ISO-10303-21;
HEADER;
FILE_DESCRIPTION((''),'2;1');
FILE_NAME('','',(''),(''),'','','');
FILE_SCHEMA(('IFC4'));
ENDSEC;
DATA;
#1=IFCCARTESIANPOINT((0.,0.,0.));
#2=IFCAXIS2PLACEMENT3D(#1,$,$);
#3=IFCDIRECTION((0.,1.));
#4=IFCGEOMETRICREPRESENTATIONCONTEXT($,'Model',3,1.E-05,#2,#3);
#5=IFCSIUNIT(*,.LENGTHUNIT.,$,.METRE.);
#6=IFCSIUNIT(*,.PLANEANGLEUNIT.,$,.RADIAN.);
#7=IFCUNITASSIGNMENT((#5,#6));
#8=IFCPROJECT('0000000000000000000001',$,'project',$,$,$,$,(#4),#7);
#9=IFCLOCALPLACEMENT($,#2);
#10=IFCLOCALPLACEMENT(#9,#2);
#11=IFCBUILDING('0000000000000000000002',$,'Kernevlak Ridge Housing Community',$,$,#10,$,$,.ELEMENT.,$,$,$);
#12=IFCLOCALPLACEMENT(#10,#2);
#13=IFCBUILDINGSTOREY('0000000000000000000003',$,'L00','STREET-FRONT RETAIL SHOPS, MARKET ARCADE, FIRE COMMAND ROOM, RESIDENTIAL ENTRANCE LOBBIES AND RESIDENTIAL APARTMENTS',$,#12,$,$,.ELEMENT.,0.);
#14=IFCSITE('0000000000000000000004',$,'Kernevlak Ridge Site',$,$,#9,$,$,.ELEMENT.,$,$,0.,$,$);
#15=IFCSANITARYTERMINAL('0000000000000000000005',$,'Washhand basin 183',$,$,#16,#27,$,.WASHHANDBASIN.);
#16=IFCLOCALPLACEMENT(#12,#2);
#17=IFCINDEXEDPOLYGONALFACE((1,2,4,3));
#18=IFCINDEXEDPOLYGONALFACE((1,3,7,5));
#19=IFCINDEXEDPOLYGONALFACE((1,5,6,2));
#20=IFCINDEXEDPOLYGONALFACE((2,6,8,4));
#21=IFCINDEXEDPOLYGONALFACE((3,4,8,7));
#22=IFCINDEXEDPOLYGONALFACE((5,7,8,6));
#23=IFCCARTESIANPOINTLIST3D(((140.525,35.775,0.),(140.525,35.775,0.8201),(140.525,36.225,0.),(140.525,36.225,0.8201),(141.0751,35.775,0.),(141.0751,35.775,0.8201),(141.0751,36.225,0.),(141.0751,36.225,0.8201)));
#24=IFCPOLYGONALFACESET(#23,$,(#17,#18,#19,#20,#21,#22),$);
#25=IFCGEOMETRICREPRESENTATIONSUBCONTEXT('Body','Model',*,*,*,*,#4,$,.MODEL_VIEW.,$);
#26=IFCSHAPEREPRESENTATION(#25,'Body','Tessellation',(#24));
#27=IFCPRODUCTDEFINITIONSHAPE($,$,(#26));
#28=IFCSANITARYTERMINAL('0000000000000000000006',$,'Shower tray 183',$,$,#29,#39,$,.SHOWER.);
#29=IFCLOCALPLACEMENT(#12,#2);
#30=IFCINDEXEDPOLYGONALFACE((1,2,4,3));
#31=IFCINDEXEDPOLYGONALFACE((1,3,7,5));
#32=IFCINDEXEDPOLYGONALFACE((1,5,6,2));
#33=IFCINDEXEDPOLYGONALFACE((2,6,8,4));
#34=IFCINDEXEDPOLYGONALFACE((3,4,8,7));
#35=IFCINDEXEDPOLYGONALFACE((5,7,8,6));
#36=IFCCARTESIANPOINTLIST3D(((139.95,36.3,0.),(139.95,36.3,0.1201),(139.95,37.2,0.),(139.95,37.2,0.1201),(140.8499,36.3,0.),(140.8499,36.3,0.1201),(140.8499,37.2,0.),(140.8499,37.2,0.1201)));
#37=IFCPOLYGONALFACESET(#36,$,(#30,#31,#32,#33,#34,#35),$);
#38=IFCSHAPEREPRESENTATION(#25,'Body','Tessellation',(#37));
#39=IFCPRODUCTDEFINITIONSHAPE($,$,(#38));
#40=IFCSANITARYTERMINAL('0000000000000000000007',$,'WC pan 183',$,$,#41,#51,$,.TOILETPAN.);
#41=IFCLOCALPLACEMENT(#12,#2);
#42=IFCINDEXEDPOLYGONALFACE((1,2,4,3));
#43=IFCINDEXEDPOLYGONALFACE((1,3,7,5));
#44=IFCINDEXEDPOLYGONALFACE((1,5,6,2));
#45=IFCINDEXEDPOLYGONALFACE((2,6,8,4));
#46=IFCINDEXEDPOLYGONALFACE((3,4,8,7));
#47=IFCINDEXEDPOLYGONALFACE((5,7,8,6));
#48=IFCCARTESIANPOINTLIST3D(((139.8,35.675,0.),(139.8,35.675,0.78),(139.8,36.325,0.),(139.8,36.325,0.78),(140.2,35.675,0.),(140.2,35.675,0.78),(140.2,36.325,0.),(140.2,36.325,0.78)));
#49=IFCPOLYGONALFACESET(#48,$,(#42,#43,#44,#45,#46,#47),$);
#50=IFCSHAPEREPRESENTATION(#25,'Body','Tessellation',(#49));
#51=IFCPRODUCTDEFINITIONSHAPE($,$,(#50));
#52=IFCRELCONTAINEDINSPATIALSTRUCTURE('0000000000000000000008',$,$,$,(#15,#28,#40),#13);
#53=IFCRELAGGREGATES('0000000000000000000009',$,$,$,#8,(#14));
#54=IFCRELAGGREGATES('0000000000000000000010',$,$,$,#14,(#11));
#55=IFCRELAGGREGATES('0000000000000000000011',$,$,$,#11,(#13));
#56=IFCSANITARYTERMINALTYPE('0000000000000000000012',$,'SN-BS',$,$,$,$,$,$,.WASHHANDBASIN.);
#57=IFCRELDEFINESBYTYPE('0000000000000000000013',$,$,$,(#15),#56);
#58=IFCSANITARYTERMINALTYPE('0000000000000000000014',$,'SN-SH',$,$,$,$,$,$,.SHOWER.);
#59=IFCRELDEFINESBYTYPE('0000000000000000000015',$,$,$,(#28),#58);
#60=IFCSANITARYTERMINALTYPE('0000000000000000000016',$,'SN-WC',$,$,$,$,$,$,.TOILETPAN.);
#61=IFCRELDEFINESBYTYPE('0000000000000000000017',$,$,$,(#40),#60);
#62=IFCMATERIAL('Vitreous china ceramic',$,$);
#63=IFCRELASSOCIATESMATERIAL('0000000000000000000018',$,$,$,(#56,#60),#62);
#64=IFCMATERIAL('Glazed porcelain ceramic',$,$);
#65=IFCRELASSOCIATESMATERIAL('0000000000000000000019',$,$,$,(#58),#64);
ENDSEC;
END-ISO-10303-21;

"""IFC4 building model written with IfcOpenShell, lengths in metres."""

from ifc_helpers import new_model, si_unit, direction, frame, origin, origin_2d, place, context, subcontext, project, spatial, rectangle, extrude, material, type_object, element, save


model = new_model("IFC4")

# Units and contexts
model_context = context("Model", 3, precision=1e-05, world=origin(), true_north=direction((0.0, 1.0)))
body_context = subcontext(model_context, "Body", "Model", "MODEL_VIEW")
ifc_project = project(units=[si_unit("LENGTHUNIT", "METRE"), si_unit("PLANEANGLEUNIT", "RADIAN")], contexts=[model_context])

# Site, building, storey
site_placement = place(None, origin())
site = spatial("IfcSite", under=ifc_project, at=site_placement, Name="Kernevlak Ridge Site", CompositionType="ELEMENT", RefElevation=0.0)
building_placement = place(site_placement, origin())
building = spatial("IfcBuilding", under=site, at=building_placement, Name="Kernevlak Ridge Housing Community", CompositionType="ELEMENT")
storey_placement = place(building_placement, origin())
storey = spatial("IfcBuildingStorey", under=building, at=storey_placement, Name="L00", Description="STREET-FRONT RETAIL SHOPS, MARKET ARCADE, FIRE COMMAND ROOM, RESIDENTIAL ENTRANCE LOBBIES AND RESIDENTIAL APARTMENTS", CompositionType="ELEMENT", Elevation=0.0)

# Sanitary terminals
ifc_material_1 = material(Name="Vitreous china ceramic")
sanitary_terminal_type_1 = type_object("IfcSanitaryTerminalType", Name="SN-BS", PredefinedType="WASHHANDBASIN", material=ifc_material_1)
sanitary_terminal_1_placement = place(storey_placement, frame((140.8, 36.0, 0.0), z_axis=(0.0, 0.0, 1.0), x_axis=(1.0, 0.0, 0.0)))
element("IfcSanitaryTerminal", 1, at=sanitary_terminal_1_placement, inside=storey, type_object=sanitary_terminal_type_1, Name="Washhand basin 183", PredefinedType="WASHHANDBASIN", context=body_context, shape_type="SweptSolid", body=[
    extrude(rectangle(XDim=0.55, YDim=0.45, at=origin_2d()), origin(), (0.0, 0.0, 1.0), 0.8201),
])
ifc_material_2 = material(Name="Glazed porcelain ceramic")
sanitary_terminal_type_2 = type_object("IfcSanitaryTerminalType", Name="SN-SH", PredefinedType="SHOWER", material=ifc_material_2)
sanitary_terminal_2_placement = place(storey_placement, frame((140.3999, 36.75, 0.0), z_axis=(0.0, 0.0, 1.0), x_axis=(1.0, 0.0, 0.0)))
element("IfcSanitaryTerminal", 2, at=sanitary_terminal_2_placement, inside=storey, type_object=sanitary_terminal_type_2, Name="Shower tray 183", PredefinedType="SHOWER", context=body_context, shape_type="SweptSolid", body=[
    extrude(rectangle(XDim=0.8999, YDim=0.8999, at=origin_2d()), origin(), (0.0, 0.0, 1.0), 0.1201),
])
sanitary_terminal_type_3 = type_object("IfcSanitaryTerminalType", Name="SN-WC", PredefinedType="TOILETPAN", material=ifc_material_1)
sanitary_terminal_3_placement = place(storey_placement, frame((140.0, 36.0, 0.0), z_axis=(0.0, 0.0, 1.0), x_axis=(1.0, 0.0, 0.0)))
element("IfcSanitaryTerminal", 3, at=sanitary_terminal_3_placement, inside=storey, type_object=sanitary_terminal_type_3, Name="WC pan 183", PredefinedType="TOILETPAN", context=body_context, shape_type="SweptSolid", body=[
    extrude(rectangle(XDim=0.3999, YDim=0.6499, at=origin_2d()), origin(), (0.0, 0.0, 1.0), 0.78),
])

save(model, "model.ifc")
